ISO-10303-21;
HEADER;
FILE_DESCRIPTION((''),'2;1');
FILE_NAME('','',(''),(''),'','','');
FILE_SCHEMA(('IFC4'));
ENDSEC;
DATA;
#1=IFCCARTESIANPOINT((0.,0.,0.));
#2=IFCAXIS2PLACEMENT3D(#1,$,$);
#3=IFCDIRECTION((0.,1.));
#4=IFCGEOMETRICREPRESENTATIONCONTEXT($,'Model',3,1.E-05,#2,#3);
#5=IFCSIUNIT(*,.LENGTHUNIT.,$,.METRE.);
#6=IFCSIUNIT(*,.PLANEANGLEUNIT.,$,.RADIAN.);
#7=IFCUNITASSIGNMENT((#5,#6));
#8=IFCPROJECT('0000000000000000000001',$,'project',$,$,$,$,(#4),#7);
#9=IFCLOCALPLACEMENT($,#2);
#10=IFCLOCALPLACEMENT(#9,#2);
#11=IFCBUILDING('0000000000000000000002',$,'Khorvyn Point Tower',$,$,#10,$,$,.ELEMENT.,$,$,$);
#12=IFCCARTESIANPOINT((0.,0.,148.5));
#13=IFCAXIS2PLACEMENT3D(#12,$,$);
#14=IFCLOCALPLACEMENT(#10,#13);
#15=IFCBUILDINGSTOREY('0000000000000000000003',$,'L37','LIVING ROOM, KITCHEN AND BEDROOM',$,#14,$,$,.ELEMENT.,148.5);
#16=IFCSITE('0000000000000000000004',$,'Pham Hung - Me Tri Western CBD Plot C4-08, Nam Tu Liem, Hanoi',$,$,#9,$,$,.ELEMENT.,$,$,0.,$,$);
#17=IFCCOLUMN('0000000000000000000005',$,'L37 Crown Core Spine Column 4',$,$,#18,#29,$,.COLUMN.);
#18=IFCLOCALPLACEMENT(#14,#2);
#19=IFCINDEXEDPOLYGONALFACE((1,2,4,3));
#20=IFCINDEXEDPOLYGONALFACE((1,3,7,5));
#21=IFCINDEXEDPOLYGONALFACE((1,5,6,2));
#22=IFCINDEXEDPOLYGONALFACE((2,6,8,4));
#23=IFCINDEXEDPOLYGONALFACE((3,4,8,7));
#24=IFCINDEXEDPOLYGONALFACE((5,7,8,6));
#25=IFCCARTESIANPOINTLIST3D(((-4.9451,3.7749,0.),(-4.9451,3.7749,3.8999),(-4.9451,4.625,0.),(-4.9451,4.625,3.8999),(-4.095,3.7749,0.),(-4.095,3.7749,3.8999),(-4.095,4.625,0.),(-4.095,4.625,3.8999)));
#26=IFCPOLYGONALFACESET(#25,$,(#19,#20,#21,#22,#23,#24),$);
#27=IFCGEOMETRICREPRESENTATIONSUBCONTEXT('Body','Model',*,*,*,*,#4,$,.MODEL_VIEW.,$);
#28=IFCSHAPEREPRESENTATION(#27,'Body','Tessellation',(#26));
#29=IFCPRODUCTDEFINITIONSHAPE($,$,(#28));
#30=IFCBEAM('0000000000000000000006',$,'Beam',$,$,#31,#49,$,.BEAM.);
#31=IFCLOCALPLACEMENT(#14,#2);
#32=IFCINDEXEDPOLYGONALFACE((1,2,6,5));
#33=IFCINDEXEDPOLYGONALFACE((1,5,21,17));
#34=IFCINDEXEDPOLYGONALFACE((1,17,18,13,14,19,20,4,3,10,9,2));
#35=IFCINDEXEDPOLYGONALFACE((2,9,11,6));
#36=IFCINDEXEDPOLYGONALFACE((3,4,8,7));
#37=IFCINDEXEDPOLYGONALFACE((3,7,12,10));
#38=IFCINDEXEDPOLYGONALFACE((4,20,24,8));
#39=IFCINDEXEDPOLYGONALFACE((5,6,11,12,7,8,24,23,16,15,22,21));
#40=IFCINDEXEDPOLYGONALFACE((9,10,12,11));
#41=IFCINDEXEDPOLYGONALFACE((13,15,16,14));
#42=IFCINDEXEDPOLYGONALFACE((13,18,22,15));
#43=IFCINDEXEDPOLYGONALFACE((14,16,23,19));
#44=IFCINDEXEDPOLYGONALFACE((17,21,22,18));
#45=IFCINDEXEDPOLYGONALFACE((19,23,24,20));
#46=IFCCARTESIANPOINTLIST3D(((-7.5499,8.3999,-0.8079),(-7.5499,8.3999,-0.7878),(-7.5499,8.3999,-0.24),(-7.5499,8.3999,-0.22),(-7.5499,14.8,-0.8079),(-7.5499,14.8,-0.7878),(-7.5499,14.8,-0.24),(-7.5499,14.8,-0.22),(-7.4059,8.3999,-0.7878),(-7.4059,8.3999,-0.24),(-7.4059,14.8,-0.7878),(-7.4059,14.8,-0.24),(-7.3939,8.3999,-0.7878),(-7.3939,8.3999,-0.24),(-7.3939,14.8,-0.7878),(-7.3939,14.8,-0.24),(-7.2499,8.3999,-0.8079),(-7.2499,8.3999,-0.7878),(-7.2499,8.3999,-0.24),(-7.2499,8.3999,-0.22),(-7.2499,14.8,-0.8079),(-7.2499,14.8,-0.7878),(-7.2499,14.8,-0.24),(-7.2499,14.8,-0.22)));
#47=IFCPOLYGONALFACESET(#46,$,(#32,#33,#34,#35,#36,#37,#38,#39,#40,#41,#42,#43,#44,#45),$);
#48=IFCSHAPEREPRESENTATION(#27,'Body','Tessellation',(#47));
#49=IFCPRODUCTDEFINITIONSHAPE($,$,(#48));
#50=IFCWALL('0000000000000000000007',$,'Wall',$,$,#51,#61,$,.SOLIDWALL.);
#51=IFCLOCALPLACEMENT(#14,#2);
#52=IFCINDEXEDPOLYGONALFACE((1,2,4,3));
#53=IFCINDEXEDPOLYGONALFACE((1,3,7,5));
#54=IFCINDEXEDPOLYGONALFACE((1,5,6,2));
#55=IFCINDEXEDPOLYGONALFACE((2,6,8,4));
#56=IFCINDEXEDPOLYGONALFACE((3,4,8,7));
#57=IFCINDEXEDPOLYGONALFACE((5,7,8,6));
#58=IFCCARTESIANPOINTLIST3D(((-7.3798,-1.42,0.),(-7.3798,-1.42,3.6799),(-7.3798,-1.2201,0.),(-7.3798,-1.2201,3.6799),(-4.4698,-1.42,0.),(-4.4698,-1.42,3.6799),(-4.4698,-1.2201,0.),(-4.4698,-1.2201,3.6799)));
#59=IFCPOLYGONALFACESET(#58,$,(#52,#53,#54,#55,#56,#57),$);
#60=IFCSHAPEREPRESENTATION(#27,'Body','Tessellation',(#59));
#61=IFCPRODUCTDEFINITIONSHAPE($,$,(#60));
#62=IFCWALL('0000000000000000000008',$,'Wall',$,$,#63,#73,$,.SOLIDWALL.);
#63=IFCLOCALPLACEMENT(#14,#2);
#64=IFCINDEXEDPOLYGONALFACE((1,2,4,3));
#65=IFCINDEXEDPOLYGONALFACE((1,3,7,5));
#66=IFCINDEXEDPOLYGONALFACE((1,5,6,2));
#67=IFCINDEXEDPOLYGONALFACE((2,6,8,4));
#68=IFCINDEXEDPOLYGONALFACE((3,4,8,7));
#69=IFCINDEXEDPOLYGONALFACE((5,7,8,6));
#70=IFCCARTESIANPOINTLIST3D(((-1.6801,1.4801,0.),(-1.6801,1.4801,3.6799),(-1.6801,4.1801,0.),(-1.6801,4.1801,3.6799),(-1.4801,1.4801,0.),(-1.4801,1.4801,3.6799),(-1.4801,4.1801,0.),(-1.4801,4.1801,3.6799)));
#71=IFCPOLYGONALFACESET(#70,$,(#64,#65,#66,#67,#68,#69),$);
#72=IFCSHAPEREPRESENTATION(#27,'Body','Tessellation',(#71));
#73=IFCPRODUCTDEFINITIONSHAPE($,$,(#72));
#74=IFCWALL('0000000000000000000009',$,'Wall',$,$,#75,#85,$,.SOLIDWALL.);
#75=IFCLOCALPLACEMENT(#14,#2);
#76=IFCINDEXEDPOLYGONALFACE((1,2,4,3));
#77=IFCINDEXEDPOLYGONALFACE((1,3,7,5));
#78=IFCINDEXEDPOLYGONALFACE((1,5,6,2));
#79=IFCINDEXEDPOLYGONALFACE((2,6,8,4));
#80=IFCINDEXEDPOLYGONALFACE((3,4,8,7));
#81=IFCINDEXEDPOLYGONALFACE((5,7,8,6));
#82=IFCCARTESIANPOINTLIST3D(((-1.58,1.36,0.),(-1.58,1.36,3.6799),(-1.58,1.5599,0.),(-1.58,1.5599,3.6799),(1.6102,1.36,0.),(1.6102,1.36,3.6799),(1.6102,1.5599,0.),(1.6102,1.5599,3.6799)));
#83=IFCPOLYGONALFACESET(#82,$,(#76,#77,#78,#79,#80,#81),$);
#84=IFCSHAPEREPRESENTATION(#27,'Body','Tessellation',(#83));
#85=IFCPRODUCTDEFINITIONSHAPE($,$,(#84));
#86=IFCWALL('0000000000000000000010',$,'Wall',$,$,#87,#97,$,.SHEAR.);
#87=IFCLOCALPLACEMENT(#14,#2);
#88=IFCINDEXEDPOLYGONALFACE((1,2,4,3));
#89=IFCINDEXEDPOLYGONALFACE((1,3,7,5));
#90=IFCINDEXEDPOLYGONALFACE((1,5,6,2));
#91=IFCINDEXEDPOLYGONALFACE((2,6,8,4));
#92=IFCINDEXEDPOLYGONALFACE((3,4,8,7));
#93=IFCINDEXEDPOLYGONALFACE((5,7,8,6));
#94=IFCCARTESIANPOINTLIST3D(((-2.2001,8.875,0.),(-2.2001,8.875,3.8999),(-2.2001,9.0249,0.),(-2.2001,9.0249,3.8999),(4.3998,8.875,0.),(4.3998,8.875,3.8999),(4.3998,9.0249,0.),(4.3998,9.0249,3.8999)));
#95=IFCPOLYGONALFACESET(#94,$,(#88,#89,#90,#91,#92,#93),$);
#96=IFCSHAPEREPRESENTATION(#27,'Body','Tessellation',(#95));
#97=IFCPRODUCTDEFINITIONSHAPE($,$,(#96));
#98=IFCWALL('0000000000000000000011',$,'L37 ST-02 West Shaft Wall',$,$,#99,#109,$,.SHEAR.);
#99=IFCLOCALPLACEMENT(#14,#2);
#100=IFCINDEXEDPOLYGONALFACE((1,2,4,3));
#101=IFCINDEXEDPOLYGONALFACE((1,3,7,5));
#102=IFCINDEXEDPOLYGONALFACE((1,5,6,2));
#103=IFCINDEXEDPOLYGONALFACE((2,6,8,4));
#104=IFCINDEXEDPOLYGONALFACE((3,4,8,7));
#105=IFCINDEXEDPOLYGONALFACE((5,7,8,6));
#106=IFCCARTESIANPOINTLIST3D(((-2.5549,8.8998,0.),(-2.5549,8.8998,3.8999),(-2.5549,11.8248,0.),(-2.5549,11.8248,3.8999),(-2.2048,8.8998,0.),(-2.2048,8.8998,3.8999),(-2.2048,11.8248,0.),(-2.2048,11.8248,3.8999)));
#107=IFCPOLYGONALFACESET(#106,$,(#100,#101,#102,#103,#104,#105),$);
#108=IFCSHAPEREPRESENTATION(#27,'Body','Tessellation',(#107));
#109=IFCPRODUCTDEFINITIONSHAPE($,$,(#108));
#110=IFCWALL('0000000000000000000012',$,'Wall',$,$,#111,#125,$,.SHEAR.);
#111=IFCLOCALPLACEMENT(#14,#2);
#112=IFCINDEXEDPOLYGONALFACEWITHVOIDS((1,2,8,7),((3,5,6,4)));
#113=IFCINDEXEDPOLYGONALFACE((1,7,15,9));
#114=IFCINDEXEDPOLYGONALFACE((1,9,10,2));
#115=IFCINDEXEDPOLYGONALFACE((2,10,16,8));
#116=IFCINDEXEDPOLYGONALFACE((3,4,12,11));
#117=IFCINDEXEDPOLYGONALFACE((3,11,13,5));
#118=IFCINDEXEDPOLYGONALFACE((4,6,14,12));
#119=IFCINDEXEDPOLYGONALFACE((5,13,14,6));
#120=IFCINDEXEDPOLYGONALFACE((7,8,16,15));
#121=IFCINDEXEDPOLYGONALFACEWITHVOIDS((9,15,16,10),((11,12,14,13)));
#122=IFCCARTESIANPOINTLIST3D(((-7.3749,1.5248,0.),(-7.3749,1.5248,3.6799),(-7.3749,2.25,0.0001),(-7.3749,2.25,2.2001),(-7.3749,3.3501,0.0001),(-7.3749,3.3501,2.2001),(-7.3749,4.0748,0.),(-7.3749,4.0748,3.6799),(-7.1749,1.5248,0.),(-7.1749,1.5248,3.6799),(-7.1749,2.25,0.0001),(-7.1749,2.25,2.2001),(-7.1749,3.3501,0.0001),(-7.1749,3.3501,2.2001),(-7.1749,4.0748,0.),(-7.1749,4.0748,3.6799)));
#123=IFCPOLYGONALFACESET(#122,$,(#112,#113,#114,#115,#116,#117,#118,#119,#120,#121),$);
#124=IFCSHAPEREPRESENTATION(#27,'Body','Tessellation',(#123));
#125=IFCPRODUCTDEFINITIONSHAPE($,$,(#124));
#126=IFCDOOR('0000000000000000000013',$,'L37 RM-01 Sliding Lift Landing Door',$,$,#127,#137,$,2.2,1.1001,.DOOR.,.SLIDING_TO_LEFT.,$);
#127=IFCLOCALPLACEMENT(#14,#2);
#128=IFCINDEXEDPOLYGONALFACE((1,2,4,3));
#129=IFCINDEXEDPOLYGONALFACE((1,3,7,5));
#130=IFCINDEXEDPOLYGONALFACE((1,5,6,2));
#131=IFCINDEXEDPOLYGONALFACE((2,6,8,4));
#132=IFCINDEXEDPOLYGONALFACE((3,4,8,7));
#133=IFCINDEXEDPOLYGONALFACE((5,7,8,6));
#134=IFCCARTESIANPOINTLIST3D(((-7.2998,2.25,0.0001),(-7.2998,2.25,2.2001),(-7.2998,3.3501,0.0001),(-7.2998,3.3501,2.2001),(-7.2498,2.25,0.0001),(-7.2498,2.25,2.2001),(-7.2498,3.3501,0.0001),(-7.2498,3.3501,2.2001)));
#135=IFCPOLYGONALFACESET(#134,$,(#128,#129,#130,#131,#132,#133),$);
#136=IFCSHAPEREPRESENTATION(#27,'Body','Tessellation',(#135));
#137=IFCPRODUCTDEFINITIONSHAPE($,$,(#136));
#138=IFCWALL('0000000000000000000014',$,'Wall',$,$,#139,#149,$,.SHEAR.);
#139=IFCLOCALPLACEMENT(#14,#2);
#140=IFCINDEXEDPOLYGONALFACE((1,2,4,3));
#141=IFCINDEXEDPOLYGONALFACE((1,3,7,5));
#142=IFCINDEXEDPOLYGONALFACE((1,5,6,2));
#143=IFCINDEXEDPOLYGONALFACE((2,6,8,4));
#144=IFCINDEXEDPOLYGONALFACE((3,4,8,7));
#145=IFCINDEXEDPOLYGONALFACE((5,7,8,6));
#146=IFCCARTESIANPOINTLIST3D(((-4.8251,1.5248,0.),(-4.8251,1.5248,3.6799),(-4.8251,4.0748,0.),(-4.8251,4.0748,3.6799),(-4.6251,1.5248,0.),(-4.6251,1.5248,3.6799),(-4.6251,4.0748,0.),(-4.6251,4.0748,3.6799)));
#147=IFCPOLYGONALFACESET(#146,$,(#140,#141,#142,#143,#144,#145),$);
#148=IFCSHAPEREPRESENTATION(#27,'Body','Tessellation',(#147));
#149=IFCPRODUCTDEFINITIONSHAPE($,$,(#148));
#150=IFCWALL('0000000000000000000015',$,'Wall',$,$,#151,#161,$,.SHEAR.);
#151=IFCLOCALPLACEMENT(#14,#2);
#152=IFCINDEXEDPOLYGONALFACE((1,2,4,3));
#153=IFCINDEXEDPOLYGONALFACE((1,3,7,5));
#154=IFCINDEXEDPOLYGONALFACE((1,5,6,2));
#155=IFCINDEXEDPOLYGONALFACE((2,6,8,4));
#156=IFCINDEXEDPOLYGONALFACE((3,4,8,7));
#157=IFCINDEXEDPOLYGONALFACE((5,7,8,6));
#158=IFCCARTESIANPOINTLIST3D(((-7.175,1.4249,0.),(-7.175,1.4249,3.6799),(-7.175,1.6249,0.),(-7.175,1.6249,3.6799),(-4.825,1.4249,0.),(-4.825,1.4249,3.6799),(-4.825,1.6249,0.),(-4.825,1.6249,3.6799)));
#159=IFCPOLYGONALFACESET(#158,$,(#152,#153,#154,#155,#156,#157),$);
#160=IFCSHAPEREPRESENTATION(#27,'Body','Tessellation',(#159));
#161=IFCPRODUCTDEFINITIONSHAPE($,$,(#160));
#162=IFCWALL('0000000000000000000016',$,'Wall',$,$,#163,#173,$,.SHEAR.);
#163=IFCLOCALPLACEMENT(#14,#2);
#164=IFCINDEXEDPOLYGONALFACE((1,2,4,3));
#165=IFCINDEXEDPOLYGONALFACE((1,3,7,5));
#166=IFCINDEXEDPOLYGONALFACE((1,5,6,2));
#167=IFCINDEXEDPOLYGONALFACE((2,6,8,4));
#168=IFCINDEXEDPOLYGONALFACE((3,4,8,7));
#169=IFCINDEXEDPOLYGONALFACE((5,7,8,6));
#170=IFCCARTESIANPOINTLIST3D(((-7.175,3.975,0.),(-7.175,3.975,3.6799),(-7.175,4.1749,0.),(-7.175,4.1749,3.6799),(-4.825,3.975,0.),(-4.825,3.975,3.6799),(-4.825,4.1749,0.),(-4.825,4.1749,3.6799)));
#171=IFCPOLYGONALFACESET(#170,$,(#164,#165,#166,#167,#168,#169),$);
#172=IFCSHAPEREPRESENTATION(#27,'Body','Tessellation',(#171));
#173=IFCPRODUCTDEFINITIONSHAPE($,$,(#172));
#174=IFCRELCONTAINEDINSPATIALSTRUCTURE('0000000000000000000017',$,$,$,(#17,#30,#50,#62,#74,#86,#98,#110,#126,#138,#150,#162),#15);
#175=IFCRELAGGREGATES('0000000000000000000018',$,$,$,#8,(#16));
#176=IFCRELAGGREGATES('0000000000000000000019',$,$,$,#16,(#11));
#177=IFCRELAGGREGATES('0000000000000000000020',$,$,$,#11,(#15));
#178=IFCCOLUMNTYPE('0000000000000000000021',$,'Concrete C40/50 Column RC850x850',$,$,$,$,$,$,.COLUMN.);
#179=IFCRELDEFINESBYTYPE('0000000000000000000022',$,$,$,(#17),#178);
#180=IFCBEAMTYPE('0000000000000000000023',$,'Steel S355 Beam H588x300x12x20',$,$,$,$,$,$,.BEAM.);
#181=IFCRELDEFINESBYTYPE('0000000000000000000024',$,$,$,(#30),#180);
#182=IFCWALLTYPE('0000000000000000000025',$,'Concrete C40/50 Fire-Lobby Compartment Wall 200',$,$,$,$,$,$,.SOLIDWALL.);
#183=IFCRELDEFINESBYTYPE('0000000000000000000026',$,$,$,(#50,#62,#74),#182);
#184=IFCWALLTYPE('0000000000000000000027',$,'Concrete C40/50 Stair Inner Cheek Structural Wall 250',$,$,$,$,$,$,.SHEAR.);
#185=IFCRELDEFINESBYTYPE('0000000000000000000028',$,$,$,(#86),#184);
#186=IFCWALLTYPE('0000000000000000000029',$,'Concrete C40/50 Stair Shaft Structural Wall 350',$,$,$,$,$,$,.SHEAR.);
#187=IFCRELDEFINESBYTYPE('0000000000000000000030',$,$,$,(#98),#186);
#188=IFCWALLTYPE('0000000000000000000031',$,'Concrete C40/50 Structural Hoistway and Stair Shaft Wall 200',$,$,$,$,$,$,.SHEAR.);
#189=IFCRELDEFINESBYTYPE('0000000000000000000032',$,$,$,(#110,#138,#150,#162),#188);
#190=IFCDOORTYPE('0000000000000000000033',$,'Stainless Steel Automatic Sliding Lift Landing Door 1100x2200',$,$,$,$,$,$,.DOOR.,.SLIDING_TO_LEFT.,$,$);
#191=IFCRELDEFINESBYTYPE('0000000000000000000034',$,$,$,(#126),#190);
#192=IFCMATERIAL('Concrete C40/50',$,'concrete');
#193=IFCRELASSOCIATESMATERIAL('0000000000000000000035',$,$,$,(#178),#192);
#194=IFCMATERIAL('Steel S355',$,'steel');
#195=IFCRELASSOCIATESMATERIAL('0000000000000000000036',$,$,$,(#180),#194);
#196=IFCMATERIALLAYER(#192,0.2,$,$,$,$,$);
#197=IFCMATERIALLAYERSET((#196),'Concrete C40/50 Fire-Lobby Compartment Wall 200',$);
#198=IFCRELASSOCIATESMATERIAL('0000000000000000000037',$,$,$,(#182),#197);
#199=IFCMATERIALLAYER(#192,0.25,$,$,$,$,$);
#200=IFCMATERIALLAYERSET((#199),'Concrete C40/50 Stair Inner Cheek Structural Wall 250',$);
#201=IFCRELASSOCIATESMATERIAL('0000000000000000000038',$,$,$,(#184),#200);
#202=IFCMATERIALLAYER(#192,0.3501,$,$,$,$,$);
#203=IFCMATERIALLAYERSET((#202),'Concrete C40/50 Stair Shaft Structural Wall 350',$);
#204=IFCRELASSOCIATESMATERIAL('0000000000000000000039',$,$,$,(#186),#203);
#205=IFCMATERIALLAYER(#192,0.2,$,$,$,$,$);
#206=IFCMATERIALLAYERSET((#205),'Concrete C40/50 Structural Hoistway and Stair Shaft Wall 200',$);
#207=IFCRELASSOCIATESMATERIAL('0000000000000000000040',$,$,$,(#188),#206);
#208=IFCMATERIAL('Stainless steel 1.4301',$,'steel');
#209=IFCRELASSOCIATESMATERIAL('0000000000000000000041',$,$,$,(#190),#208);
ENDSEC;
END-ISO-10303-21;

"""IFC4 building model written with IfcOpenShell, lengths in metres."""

from ifc_helpers import new_model, si_unit, direction, frame, frame_2d, origin, origin_2d, place, context, subcontext, project, spatial, rectangle, i_section, extrude, material, layer, layer_set, material_profile, profile_set, type_object, element, fill, save


model = new_model("IFC4")

# Units and contexts
model_context = context("Model", 3, precision=1e-05, world=origin(), true_north=direction((0.0, 1.0)))
body_context = subcontext(model_context, "Body", "Model", "MODEL_VIEW")
ifc_project = project(units=[si_unit("LENGTHUNIT", "METRE"), si_unit("PLANEANGLEUNIT", "RADIAN")], contexts=[model_context])

# Site, building, storey
site_placement = place(None, origin())
site = spatial("IfcSite", under=ifc_project, at=site_placement, Name="Pham Hung - Me Tri Western CBD Plot C4-08, Nam Tu Liem, Hanoi", CompositionType="ELEMENT", RefElevation=0.0)
building_placement = place(site_placement, origin())
building = spatial("IfcBuilding", under=site, at=building_placement, Name="Khorvyn Point Tower", CompositionType="ELEMENT")
storey_placement = place(building_placement, frame((0.0, 0.0, 148.5)))
storey = spatial("IfcBuildingStorey", under=building, at=storey_placement, Name="L37", Description="LIVING ROOM, KITCHEN AND BEDROOM", CompositionType="ELEMENT", Elevation=148.5)

# Column
ifc_material_1 = material(Name="Concrete C40/50", Category="concrete")
ifc_material_profile_1 = material_profile(ifc_material_1, rectangle(XDim=0.8501, YDim=0.8501, at=origin_2d()))
ifc_profile_set_1 = profile_set([ifc_material_profile_1], Name="Concrete C40/50 RC850x850")
column_type = type_object("IfcColumnType", Name="Concrete C40/50 Column RC850x850", PredefinedType="COLUMN", material=ifc_profile_set_1)
column_placement = place(storey_placement, frame((-4.52, 4.2, 0.0), z_axis=(0.0, 0.0, 1.0), x_axis=(1.0, 0.0, 0.0)))
element("IfcColumn", 1, at=column_placement, inside=storey, type_object=column_type, Name="L37 Crown Core Spine Column 4", PredefinedType="COLUMN", context=body_context, shape_type="SweptSolid", body=[
    extrude(rectangle(XDim=0.8501, YDim=0.8501, at=origin_2d()), origin(), (0.0, 0.0, 1.0), 3.8999),
])

# Beam
ifc_material_2 = material(Name="Steel S355", Category="steel")
ifc_material_profile_2 = material_profile(ifc_material_2, i_section(OverallWidth=0.3, OverallDepth=0.5879, WebThickness=0.012, FlangeThickness=0.02, at=origin_2d()))
ifc_profile_set_2 = profile_set([ifc_material_profile_2], Name="Steel S355 H588x300x12x20")
beam_type = type_object("IfcBeamType", Name="Steel S355 Beam H588x300x12x20", PredefinedType="BEAM", material=ifc_profile_set_2)
beam_placement = place(storey_placement, frame((-7.3999, 8.3999, -0.5139), z_axis=(0.0, 1.0, 0.0), x_axis=(-1.0, 0.0, 0.0)))
element("IfcBeam", 2, at=beam_placement, inside=storey, type_object=beam_type, Name="Beam", PredefinedType="BEAM", context=body_context, shape_type="SweptSolid", body=[
    extrude(i_section(OverallWidth=0.3, OverallDepth=0.5879, WebThickness=0.012, FlangeThickness=0.02, at=origin_2d()), origin(), (0.0, 0.0, 1.0), 6.4001),
])

# Walls
ifc_layer_1 = layer(ifc_material_1, 0.2)
ifc_layer_set_1 = layer_set([ifc_layer_1], Name="Concrete C40/50 Fire-Lobby Compartment Wall 200")
wall_type_1 = type_object("IfcWallType", Name="Concrete C40/50 Fire-Lobby Compartment Wall 200", PredefinedType="SOLIDWALL", material=ifc_layer_set_1)
wall_1_placement = place(storey_placement, frame((-7.3799, -1.3201, 0.0), z_axis=(0.0, 0.0, 1.0), x_axis=(1.0, 0.0, 0.0)))
element("IfcWall", 3, at=wall_1_placement, inside=storey, type_object=wall_type_1, Name="Wall", PredefinedType="SOLIDWALL", context=body_context, shape_type="SweptSolid", body=[
    extrude(rectangle(XDim=2.9099, YDim=0.2, at=frame_2d((1.4551, 0.0))), origin(), (0.0, 0.0, 1.0), 3.6799),
])
wall_2_placement = place(storey_placement, frame((-1.5801, 1.48, 0.0), z_axis=(0.0, 0.0, 1.0), x_axis=(0.0, 1.0, 0.0)))
element("IfcWall", 4, at=wall_2_placement, inside=storey, type_object=wall_type_1, Name="Wall", PredefinedType="SOLIDWALL", context=body_context, shape_type="SweptSolid", body=[
    extrude(rectangle(XDim=2.7, YDim=0.2, at=frame_2d((1.3501, 0.0))), origin(), (0.0, 0.0, 1.0), 3.6799),
])
wall_3_placement = place(storey_placement, frame((-1.5801, 1.46, 0.0), z_axis=(0.0, 0.0, 1.0), x_axis=(1.0, 0.0, 0.0)))
element("IfcWall", 5, at=wall_3_placement, inside=storey, type_object=wall_type_1, Name="Wall", PredefinedType="SOLIDWALL", context=body_context, shape_type="SweptSolid", body=[
    extrude(rectangle(XDim=3.1902, YDim=0.2, at=frame_2d((1.5952, 0.0))), origin(), (0.0, 0.0, 1.0), 3.6799),
])
ifc_layer_2 = layer(ifc_material_1, 0.25)
ifc_layer_set_2 = layer_set([ifc_layer_2], Name="Concrete C40/50 Stair Inner Cheek Structural Wall 250")
wall_type_2 = type_object("IfcWallType", Name="Concrete C40/50 Stair Inner Cheek Structural Wall 250", PredefinedType="SHEAR", material=ifc_layer_set_2)
wall_4_placement = place(storey_placement, frame((-2.2, 8.95, 0.0), z_axis=(0.0, 0.0, 1.0), x_axis=(1.0, 0.0, 0.0)))
element("IfcWall", 6, at=wall_4_placement, inside=storey, type_object=wall_type_2, Name="Wall", PredefinedType="SHEAR", context=body_context, shape_type="SweptSolid", body=[
    extrude(rectangle(XDim=6.5999, YDim=0.1499, at=frame_2d((3.2998, 0.0))), origin(), (0.0, 0.0, 1.0), 3.8999),
])
ifc_layer_3 = layer(ifc_material_1, 0.3501)
ifc_layer_set_3 = layer_set([ifc_layer_3], Name="Concrete C40/50 Stair Shaft Structural Wall 350")
wall_type_3 = type_object("IfcWallType", Name="Concrete C40/50 Stair Shaft Structural Wall 350", PredefinedType="SHEAR", material=ifc_layer_set_3)
wall_5_placement = place(storey_placement, frame((-2.3799, 8.8999, 0.0), z_axis=(0.0, 0.0, 1.0), x_axis=(0.0, 1.0, 0.0)))
element("IfcWall", 7, at=wall_5_placement, inside=storey, type_object=wall_type_3, Name="L37 ST-02 West Shaft Wall", PredefinedType="SHEAR", context=body_context, shape_type="SweptSolid", body=[
    extrude(rectangle(XDim=2.925, YDim=0.3501, at=frame_2d((1.4624, 0.0))), origin(), (0.0, 0.0, 1.0), 3.8999),
])

# Wall, opening, door
ifc_layer_4 = layer(ifc_material_1, 0.2)
ifc_layer_set_4 = layer_set([ifc_layer_4], Name="Concrete C40/50 Structural Hoistway and Stair Shaft Wall 200")
wall_type_4 = type_object("IfcWallType", Name="Concrete C40/50 Structural Hoistway and Stair Shaft Wall 200", PredefinedType="SHEAR", material=ifc_layer_set_4)
wall_6_placement = place(storey_placement, frame((-7.2749, 1.5249, 0.0), z_axis=(0.0, 0.0, 1.0), x_axis=(0.0, 1.0, 0.0)))
wall_6 = element("IfcWall", 8, at=wall_6_placement, inside=storey, type_object=wall_type_4, Name="Wall", PredefinedType="SHEAR", context=body_context, shape_type="SweptSolid", body=[
    extrude(rectangle(XDim=2.55, YDim=0.2, at=frame_2d((1.2749, 0.0))), origin(), (0.0, 0.0, 1.0), 3.6799),
])
opening_1_placement = place(wall_6_placement, frame((0.7251, 0.0, 0.0)))
opening_1 = element("IfcOpeningElement", 9, at=opening_1_placement, cuts=wall_6, PredefinedType="OPENING", context=body_context, shape_type="SweptSolid", body=[
    extrude(rectangle(XDim=1.1001, YDim=2.2, at=frame_2d((0.55, 1.1001))), frame((0.0, 0.1099, 0.0), z_axis=(0.0, -1.0, 0.0), x_axis=(1.0, 0.0, 0.0)), (0.0, 0.0, 1.0), 0.22),
])
ifc_material_3 = material(Name="Stainless steel 1.4301", Category="steel")
door_type = type_object("IfcDoorType", Name="Stainless Steel Automatic Sliding Lift Landing Door 1100x2200", OperationType="SLIDING_TO_LEFT", PredefinedType="DOOR", material=ifc_material_3)
door_1_placement = place(opening_1_placement, origin())
door_1 = element("IfcDoor", 10, at=door_1_placement, inside=storey, type_object=door_type, Name="L37 RM-01 Sliding Lift Landing Door", OperationType="SLIDING_TO_LEFT", OverallHeight=2.2, OverallWidth=1.1001, PredefinedType="DOOR", context=body_context, shape_type="SweptSolid", body=[
    extrude(rectangle(XDim=1.1001, YDim=2.2, at=frame_2d((0.55, 1.1001))), frame((0.0, 0.0249, 0.0), z_axis=(0.0, -1.0, 0.0), x_axis=(1.0, 0.0, 0.0)), (0.0, 0.0, 1.0), 0.05),
])
fill(opening_1, door_1)

# Walls
wall_7_placement = place(storey_placement, frame((-4.7251, 1.5249, 0.0), z_axis=(0.0, 0.0, 1.0), x_axis=(0.0, 1.0, 0.0)))
element("IfcWall", 11, at=wall_7_placement, inside=storey, type_object=wall_type_4, Name="Wall", PredefinedType="SHEAR", context=body_context, shape_type="SweptSolid", body=[
    extrude(rectangle(XDim=2.55, YDim=0.2, at=frame_2d((1.2749, 0.0))), origin(), (0.0, 0.0, 1.0), 3.6799),
])
for number, where, z_axis, x_axis, name in (
    (12, (-7.175, 1.5249, 0.0), (0.0, 0.0, 1.0), (1.0, 0.0, 0.0), "Wall"),
    (13, (-7.175, 4.075, 0.0), (0.0, 0.0, 1.0), (1.0, 0.0, 0.0), "Wall"),
):
    element("IfcWall", number, at=place(storey_placement, frame(where, z_axis=z_axis, x_axis=x_axis)), inside=storey, type_object=wall_type_4, Name=name, PredefinedType="SHEAR", context=body_context, shape_type="SweptSolid", body=[
        extrude(rectangle(XDim=2.3501, YDim=0.2, at=frame_2d((1.175, 0.0))), origin(), (0.0, 0.0, 1.0), 3.6799),
    ])

save(model, "model.ifc")
